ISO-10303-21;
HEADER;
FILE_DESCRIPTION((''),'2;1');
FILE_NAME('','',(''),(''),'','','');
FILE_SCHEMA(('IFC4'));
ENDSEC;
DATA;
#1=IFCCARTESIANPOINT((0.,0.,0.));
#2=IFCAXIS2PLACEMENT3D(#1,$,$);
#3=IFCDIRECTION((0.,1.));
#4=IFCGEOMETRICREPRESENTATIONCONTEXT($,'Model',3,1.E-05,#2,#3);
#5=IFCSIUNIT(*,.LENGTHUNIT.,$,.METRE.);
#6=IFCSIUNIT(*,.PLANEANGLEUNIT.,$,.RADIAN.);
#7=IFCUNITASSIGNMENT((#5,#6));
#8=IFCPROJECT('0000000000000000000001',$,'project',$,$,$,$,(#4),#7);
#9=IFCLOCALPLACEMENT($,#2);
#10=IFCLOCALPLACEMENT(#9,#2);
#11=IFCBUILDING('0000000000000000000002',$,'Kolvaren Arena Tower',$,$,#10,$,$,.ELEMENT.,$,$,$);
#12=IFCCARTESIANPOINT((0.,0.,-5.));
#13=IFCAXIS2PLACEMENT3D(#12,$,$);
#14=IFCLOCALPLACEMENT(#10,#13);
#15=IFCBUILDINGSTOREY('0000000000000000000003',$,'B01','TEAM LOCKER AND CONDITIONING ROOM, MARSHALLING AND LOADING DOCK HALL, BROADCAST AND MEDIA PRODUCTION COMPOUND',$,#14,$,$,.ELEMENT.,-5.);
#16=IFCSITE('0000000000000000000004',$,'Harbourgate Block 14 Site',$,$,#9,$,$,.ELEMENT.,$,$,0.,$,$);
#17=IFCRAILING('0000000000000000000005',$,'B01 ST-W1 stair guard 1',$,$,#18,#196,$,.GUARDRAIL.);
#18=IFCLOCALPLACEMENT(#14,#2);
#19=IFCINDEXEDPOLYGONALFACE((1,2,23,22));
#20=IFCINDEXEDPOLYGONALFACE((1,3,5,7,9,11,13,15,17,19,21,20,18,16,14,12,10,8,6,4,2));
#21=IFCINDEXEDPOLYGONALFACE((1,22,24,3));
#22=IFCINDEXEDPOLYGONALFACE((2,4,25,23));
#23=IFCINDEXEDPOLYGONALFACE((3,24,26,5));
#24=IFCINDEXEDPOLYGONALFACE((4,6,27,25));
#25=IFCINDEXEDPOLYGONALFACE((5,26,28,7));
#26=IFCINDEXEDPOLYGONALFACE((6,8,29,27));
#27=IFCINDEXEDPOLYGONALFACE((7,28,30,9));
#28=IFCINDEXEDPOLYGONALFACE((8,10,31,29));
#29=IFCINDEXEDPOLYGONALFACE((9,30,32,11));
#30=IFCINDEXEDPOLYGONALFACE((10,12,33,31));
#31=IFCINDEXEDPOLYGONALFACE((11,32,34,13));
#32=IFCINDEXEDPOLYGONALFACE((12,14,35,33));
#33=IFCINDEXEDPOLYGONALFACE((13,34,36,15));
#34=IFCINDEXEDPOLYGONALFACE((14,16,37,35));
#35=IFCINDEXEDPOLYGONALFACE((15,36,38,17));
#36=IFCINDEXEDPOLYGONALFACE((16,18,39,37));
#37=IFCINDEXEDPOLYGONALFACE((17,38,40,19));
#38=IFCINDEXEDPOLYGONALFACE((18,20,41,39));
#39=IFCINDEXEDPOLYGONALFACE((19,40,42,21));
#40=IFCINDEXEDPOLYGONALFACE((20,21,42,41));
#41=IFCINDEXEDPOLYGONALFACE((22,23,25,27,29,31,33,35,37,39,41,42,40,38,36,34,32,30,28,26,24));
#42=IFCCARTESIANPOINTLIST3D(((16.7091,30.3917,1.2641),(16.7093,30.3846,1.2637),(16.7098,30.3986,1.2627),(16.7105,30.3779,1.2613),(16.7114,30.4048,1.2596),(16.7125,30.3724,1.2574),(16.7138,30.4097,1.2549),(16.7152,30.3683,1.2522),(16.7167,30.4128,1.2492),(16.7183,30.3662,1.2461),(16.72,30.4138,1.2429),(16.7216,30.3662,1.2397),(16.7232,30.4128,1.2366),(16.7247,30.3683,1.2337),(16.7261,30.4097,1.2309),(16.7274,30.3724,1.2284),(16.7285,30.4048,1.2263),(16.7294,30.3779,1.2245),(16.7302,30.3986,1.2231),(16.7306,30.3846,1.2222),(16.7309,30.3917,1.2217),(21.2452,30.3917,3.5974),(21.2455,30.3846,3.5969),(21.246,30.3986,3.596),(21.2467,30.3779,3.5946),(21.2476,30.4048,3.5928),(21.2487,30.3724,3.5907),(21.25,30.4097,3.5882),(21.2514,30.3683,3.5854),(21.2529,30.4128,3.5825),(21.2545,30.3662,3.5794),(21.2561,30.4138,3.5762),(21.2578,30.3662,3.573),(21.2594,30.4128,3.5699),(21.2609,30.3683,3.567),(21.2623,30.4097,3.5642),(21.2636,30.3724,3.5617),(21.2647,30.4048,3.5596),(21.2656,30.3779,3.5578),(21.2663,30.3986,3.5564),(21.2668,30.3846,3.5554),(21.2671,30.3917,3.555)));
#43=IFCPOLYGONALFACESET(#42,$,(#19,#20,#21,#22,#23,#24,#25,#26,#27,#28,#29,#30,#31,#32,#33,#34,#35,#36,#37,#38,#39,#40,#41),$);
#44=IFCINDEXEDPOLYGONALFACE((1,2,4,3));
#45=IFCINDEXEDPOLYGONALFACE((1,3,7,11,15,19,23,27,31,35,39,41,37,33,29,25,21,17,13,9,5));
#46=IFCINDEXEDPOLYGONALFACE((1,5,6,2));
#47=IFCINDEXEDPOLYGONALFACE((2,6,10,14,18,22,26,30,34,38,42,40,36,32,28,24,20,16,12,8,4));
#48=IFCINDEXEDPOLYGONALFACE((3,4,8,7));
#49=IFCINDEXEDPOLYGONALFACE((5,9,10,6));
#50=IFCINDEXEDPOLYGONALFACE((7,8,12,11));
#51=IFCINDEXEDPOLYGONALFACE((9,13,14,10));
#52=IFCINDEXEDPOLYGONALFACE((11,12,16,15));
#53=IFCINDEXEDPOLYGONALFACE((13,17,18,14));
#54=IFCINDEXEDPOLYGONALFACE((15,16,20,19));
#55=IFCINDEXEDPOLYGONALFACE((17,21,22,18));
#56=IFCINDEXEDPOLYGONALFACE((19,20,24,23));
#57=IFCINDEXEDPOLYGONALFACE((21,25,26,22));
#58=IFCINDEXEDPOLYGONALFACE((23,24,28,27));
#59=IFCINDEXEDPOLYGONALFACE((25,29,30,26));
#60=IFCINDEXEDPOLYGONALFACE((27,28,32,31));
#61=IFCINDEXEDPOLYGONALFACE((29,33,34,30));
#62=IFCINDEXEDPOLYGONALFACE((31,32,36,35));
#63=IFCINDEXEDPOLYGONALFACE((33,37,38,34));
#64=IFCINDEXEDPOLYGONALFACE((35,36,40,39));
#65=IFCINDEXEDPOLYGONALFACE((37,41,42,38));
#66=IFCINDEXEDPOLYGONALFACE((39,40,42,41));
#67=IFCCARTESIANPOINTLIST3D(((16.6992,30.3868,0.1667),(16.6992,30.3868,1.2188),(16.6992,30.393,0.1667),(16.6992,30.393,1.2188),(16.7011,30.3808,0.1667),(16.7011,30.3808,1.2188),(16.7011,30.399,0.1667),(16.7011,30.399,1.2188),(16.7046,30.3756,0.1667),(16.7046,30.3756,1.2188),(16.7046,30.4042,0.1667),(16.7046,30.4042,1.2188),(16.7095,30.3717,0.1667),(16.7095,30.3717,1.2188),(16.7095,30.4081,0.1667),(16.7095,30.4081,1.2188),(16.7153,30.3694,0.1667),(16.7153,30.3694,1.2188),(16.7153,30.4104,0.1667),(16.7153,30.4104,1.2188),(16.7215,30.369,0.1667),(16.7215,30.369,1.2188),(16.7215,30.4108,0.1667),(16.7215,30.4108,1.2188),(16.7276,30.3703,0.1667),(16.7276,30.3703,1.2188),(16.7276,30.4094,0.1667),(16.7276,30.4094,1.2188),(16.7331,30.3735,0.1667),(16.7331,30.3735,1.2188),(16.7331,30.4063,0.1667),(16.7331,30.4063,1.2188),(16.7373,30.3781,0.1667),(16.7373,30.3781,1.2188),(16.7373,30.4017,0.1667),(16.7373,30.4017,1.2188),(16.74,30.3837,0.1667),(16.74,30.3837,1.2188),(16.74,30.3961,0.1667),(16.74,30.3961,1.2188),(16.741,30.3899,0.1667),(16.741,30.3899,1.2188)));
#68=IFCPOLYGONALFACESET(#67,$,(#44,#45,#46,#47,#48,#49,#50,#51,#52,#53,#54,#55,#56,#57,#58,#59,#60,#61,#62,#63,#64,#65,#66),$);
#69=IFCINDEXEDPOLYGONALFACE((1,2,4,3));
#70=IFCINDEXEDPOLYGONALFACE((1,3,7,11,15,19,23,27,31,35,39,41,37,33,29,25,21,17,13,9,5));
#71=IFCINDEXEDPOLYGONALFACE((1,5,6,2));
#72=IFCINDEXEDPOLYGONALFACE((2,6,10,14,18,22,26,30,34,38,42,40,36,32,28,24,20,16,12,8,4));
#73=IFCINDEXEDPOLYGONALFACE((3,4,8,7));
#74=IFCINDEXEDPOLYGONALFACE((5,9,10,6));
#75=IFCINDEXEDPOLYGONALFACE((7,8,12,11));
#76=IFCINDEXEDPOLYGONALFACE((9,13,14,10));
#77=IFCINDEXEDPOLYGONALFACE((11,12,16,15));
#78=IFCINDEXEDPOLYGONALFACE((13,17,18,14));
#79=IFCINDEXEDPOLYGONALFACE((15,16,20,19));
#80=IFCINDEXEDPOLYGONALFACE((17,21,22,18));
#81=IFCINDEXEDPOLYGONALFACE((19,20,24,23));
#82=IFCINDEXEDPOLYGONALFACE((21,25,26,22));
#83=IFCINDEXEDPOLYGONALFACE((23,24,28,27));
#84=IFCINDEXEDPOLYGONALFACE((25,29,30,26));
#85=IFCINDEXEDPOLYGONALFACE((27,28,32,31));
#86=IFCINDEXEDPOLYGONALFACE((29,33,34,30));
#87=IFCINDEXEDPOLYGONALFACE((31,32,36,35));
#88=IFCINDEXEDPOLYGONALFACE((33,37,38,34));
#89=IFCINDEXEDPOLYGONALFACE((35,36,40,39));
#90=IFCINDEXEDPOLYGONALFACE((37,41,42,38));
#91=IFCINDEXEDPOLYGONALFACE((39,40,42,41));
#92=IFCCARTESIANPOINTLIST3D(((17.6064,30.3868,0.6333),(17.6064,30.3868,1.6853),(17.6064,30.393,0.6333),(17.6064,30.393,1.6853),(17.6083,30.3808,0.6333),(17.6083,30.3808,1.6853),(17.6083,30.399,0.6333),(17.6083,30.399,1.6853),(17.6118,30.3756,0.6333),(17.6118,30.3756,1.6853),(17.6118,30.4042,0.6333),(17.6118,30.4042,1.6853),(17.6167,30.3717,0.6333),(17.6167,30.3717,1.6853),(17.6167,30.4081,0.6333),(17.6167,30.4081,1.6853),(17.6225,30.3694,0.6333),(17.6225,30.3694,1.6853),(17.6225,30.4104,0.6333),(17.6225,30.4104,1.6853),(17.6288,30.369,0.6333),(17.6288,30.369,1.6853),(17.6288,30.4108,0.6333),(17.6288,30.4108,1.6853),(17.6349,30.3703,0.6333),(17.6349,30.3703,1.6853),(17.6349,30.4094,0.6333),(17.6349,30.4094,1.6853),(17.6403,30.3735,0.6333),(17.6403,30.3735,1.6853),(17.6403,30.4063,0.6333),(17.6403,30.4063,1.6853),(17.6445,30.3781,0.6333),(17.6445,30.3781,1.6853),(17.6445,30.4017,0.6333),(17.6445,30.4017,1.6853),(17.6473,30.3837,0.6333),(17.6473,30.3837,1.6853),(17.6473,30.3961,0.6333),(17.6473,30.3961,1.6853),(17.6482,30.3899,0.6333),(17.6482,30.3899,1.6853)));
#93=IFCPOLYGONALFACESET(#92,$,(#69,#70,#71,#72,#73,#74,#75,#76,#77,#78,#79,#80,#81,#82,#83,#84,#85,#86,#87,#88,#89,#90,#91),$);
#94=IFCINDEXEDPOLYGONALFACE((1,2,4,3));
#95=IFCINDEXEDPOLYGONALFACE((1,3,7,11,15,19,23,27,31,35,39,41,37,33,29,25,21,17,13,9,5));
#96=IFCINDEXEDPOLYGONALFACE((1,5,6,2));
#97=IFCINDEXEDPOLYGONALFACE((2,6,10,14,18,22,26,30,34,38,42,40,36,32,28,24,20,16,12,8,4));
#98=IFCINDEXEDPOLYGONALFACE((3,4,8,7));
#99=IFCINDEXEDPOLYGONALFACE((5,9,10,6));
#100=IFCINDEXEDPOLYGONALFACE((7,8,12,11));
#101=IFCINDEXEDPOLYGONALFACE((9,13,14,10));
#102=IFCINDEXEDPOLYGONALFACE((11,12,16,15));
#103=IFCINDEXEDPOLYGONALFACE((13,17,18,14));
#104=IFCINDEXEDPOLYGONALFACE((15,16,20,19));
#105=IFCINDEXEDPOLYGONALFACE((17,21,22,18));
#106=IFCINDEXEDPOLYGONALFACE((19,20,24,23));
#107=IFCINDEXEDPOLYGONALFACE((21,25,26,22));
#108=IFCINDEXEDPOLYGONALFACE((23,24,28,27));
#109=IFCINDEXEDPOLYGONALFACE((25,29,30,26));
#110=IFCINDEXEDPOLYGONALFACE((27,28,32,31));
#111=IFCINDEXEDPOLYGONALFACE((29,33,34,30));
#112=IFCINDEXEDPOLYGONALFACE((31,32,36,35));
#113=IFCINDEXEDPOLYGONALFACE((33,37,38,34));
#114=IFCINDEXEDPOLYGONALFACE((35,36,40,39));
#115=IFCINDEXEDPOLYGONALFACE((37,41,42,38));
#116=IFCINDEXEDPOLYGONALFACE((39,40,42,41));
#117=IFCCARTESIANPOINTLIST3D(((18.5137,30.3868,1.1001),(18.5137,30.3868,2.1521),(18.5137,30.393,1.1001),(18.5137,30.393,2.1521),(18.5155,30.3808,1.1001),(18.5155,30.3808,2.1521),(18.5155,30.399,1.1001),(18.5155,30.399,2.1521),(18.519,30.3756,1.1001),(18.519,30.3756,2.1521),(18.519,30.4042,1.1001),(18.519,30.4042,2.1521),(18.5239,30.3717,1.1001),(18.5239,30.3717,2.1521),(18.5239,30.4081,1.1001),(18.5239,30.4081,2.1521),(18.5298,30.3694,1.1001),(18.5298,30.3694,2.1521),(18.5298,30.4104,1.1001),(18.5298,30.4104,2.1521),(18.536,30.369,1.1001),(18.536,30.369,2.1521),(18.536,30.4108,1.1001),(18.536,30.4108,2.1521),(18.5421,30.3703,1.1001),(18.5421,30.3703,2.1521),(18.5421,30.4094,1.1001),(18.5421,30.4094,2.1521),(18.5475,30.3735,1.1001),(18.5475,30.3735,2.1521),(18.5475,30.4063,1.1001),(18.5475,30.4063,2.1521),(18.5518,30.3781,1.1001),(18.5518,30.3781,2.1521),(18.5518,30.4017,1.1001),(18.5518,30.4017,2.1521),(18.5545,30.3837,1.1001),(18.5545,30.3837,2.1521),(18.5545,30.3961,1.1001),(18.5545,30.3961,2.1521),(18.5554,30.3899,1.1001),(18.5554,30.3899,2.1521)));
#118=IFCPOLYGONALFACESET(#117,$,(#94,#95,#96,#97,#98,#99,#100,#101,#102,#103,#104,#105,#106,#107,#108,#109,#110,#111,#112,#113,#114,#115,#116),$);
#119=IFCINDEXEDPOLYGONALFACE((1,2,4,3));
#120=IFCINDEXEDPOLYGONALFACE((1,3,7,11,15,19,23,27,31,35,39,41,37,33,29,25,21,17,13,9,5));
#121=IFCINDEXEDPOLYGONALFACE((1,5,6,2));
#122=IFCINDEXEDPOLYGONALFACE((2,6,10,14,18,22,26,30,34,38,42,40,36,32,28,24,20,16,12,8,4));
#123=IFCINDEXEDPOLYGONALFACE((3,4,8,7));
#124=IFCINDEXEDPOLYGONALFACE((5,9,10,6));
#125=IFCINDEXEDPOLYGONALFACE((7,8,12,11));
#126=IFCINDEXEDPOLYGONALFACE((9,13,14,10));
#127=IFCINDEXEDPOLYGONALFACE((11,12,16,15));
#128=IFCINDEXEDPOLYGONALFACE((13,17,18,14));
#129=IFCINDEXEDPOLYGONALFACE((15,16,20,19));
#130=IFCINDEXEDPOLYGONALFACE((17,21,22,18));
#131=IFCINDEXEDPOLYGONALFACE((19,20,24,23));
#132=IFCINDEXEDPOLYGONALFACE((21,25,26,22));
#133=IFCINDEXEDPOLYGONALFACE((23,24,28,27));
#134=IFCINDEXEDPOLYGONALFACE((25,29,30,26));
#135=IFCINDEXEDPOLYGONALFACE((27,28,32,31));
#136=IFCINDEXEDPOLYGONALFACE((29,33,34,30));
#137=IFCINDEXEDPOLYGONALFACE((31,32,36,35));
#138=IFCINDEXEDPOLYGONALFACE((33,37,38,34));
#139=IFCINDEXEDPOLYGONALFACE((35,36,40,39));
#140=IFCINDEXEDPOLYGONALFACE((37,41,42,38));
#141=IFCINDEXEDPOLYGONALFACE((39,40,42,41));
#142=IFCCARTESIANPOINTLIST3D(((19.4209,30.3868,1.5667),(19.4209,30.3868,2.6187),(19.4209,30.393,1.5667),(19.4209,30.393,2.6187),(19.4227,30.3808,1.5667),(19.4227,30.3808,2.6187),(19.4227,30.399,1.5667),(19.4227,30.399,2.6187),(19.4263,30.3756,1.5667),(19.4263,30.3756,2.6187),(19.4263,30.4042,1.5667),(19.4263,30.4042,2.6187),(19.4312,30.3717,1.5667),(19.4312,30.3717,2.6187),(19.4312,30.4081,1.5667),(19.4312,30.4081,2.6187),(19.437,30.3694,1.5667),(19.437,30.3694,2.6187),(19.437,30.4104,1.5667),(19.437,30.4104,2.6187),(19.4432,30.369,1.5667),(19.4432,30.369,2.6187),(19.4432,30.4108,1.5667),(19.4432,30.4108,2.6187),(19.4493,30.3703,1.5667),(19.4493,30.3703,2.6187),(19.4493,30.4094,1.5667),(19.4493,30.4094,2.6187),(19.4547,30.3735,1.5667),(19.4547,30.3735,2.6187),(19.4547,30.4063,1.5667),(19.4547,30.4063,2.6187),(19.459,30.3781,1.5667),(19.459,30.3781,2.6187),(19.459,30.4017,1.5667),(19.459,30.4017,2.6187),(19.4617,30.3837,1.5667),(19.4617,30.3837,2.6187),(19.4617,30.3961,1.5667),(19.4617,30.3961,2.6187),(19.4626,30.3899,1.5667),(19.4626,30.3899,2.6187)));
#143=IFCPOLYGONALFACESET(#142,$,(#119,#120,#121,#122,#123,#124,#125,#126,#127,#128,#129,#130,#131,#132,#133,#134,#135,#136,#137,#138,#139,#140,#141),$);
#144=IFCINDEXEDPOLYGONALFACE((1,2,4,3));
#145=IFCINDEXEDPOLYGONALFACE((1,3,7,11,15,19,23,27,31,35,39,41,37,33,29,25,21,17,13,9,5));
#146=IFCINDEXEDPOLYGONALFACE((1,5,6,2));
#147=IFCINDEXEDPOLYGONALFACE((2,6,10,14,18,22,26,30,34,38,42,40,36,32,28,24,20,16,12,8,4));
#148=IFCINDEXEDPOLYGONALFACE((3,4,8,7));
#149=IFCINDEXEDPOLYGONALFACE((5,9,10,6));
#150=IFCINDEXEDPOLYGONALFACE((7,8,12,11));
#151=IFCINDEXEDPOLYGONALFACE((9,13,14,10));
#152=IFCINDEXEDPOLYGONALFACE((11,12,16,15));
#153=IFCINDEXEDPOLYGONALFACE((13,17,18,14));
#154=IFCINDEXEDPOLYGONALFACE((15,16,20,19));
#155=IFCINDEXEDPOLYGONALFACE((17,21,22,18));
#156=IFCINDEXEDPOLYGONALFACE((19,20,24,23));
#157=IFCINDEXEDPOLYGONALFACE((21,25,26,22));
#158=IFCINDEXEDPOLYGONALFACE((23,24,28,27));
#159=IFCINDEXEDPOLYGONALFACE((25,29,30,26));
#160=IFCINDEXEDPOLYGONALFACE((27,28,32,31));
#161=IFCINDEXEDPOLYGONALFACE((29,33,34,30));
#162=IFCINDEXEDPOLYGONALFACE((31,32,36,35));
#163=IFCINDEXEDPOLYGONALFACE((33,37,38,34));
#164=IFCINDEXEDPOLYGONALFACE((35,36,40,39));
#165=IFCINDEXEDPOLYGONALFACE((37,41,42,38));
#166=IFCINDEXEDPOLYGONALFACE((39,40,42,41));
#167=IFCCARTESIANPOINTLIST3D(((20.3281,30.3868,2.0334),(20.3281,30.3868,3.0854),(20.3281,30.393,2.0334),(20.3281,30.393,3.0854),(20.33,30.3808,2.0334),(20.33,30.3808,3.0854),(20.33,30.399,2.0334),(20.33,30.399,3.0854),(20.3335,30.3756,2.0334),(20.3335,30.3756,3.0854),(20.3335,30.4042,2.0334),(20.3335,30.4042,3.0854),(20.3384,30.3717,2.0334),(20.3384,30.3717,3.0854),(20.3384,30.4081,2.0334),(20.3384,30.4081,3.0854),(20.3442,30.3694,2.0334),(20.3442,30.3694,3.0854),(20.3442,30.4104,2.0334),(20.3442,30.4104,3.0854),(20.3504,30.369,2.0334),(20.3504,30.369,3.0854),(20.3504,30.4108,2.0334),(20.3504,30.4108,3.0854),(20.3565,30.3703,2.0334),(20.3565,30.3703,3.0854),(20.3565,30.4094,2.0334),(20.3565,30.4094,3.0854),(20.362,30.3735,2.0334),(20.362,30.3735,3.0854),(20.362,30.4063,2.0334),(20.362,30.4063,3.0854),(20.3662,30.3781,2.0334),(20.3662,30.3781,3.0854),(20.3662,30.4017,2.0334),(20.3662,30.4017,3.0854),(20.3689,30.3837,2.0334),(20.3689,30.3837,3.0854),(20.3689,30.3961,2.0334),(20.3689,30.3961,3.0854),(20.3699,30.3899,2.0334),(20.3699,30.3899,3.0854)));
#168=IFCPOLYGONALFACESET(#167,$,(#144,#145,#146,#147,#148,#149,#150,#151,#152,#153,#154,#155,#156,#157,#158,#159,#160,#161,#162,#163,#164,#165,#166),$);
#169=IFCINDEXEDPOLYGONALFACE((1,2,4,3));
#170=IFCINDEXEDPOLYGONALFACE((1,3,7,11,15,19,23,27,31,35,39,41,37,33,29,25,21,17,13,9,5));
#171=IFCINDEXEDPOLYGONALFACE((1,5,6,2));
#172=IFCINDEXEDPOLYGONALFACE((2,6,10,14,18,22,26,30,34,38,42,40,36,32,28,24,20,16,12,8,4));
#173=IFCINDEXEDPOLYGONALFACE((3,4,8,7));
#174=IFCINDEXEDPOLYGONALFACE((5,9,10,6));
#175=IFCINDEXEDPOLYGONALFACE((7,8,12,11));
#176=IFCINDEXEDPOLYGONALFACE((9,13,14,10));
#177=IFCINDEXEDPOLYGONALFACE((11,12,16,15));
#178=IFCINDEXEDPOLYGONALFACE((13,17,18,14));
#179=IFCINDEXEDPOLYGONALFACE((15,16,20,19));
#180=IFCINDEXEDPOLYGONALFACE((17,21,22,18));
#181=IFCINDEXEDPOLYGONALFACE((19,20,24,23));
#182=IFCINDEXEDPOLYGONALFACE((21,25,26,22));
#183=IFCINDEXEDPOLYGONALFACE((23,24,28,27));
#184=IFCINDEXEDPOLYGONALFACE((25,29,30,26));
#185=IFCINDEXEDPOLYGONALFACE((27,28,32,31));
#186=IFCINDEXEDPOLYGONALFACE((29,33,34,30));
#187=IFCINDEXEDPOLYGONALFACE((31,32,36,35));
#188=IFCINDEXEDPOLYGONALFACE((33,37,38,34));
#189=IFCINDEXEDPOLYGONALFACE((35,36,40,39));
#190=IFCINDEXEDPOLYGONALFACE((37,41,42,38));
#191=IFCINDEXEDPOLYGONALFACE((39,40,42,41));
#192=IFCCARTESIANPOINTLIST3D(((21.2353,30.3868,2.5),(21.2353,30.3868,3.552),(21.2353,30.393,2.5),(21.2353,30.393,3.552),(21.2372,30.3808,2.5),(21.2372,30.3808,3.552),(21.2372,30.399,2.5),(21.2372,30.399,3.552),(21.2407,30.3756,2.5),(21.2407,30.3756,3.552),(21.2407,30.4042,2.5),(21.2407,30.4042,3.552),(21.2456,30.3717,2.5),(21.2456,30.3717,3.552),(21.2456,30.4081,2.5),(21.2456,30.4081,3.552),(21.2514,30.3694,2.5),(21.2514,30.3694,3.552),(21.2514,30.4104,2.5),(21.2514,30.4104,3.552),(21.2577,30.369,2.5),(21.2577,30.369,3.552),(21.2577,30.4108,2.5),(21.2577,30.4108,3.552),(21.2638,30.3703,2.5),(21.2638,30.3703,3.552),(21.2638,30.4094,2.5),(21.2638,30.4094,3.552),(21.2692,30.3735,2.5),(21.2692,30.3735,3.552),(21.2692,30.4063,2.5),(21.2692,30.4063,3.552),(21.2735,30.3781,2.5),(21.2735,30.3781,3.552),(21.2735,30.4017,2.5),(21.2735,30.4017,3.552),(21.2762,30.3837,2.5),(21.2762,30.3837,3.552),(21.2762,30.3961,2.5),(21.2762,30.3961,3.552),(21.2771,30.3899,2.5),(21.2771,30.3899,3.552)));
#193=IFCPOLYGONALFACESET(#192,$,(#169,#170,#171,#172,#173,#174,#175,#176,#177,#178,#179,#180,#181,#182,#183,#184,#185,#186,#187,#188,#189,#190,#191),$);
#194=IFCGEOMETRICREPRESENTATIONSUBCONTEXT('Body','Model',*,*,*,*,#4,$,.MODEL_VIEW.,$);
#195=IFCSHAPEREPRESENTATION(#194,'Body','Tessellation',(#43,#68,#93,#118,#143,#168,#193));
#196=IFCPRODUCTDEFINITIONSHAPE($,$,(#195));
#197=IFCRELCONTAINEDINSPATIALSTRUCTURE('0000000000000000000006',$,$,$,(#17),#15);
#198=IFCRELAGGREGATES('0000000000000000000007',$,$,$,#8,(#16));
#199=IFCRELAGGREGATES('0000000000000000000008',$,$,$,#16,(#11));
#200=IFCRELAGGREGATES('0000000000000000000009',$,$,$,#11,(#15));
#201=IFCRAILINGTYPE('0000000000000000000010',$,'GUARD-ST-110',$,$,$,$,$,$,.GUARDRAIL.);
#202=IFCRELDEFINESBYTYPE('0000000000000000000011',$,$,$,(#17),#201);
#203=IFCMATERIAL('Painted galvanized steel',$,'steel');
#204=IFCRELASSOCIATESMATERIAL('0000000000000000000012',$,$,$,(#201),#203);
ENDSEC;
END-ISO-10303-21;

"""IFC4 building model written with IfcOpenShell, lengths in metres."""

from ifc_helpers import new_model, si_unit, direction, frame, origin, origin_2d, place, context, subcontext, project, spatial, circle, extrude, material, type_object, element, save


model = new_model("IFC4")

# Units and contexts
model_context = context("Model", 3, precision=1e-05, world=origin(), true_north=direction((0.0, 1.0)))
body_context = subcontext(model_context, "Body", "Model", "MODEL_VIEW")
ifc_project = project(units=[si_unit("LENGTHUNIT", "METRE"), si_unit("PLANEANGLEUNIT", "RADIAN")], contexts=[model_context])

# Site, building, storey
site_placement = place(None, origin())
site = spatial("IfcSite", under=ifc_project, at=site_placement, Name="Harbourgate Block 14 Site", CompositionType="ELEMENT", RefElevation=0.0)
building_placement = place(site_placement, origin())
building = spatial("IfcBuilding", under=site, at=building_placement, Name="Kolvaren Arena Tower", CompositionType="ELEMENT")
storey_placement = place(building_placement, frame((0.0, 0.0, -5.0)))
storey = spatial("IfcBuildingStorey", under=building, at=storey_placement, Name="B01", Description="TEAM LOCKER AND CONDITIONING ROOM, MARSHALLING AND LOADING DOCK HALL, BROADCAST AND MEDIA PRODUCTION COMPOUND", CompositionType="ELEMENT", Elevation=-5.0)

# Railing
ifc_material_1 = material(Name="Painted galvanized steel", Category="steel")
railing_type_1 = type_object("IfcRailingType", Name="GUARD-ST-110", PredefinedType="GUARDRAIL", material=ifc_material_1)
railing_1_placement = place(storey_placement, frame((16.72, 30.3899, 0.1667)))
element("IfcRailing", 1, at=railing_1_placement, inside=storey, type_object=railing_type_1, Name="B01 ST-W1 stair guard 1", PredefinedType="GUARDRAIL", context=body_context, shape_type="SweptSolid", body=[
    extrude(circle(Radius=0.0239, at=origin_2d()), frame((0.0, 0.0, 1.0762), z_axis=(0.889257, 0.0, 0.457407), x_axis=(0.0, 1.0, 0.0)), (0.0, 0.0, 1.0), 5.1011),
    extrude(circle(Radius=0.021, at=origin_2d()), origin(), (0.0, 0.0, 1.0), 1.052),
    extrude(circle(Radius=0.021, at=origin_2d()), frame((0.9072, 0.0, 0.4666)), (0.0, 0.0, 1.0), 1.052),
    extrude(circle(Radius=0.021, at=origin_2d()), frame((1.8145, 0.0, 0.9333)), (0.0, 0.0, 1.0), 1.052),
    extrude(circle(Radius=0.021, at=origin_2d()), frame((2.7217, 0.0, 1.3999)), (0.0, 0.0, 1.0), 1.052),
    extrude(circle(Radius=0.021, at=origin_2d()), frame((3.6289, 0.0, 1.8667)), (0.0, 0.0, 1.0), 1.052),
    extrude(circle(Radius=0.021, at=origin_2d()), frame((4.5361, 0.0, 2.3333)), (0.0, 0.0, 1.0), 1.052),
])

save(model, "model.ifc")
